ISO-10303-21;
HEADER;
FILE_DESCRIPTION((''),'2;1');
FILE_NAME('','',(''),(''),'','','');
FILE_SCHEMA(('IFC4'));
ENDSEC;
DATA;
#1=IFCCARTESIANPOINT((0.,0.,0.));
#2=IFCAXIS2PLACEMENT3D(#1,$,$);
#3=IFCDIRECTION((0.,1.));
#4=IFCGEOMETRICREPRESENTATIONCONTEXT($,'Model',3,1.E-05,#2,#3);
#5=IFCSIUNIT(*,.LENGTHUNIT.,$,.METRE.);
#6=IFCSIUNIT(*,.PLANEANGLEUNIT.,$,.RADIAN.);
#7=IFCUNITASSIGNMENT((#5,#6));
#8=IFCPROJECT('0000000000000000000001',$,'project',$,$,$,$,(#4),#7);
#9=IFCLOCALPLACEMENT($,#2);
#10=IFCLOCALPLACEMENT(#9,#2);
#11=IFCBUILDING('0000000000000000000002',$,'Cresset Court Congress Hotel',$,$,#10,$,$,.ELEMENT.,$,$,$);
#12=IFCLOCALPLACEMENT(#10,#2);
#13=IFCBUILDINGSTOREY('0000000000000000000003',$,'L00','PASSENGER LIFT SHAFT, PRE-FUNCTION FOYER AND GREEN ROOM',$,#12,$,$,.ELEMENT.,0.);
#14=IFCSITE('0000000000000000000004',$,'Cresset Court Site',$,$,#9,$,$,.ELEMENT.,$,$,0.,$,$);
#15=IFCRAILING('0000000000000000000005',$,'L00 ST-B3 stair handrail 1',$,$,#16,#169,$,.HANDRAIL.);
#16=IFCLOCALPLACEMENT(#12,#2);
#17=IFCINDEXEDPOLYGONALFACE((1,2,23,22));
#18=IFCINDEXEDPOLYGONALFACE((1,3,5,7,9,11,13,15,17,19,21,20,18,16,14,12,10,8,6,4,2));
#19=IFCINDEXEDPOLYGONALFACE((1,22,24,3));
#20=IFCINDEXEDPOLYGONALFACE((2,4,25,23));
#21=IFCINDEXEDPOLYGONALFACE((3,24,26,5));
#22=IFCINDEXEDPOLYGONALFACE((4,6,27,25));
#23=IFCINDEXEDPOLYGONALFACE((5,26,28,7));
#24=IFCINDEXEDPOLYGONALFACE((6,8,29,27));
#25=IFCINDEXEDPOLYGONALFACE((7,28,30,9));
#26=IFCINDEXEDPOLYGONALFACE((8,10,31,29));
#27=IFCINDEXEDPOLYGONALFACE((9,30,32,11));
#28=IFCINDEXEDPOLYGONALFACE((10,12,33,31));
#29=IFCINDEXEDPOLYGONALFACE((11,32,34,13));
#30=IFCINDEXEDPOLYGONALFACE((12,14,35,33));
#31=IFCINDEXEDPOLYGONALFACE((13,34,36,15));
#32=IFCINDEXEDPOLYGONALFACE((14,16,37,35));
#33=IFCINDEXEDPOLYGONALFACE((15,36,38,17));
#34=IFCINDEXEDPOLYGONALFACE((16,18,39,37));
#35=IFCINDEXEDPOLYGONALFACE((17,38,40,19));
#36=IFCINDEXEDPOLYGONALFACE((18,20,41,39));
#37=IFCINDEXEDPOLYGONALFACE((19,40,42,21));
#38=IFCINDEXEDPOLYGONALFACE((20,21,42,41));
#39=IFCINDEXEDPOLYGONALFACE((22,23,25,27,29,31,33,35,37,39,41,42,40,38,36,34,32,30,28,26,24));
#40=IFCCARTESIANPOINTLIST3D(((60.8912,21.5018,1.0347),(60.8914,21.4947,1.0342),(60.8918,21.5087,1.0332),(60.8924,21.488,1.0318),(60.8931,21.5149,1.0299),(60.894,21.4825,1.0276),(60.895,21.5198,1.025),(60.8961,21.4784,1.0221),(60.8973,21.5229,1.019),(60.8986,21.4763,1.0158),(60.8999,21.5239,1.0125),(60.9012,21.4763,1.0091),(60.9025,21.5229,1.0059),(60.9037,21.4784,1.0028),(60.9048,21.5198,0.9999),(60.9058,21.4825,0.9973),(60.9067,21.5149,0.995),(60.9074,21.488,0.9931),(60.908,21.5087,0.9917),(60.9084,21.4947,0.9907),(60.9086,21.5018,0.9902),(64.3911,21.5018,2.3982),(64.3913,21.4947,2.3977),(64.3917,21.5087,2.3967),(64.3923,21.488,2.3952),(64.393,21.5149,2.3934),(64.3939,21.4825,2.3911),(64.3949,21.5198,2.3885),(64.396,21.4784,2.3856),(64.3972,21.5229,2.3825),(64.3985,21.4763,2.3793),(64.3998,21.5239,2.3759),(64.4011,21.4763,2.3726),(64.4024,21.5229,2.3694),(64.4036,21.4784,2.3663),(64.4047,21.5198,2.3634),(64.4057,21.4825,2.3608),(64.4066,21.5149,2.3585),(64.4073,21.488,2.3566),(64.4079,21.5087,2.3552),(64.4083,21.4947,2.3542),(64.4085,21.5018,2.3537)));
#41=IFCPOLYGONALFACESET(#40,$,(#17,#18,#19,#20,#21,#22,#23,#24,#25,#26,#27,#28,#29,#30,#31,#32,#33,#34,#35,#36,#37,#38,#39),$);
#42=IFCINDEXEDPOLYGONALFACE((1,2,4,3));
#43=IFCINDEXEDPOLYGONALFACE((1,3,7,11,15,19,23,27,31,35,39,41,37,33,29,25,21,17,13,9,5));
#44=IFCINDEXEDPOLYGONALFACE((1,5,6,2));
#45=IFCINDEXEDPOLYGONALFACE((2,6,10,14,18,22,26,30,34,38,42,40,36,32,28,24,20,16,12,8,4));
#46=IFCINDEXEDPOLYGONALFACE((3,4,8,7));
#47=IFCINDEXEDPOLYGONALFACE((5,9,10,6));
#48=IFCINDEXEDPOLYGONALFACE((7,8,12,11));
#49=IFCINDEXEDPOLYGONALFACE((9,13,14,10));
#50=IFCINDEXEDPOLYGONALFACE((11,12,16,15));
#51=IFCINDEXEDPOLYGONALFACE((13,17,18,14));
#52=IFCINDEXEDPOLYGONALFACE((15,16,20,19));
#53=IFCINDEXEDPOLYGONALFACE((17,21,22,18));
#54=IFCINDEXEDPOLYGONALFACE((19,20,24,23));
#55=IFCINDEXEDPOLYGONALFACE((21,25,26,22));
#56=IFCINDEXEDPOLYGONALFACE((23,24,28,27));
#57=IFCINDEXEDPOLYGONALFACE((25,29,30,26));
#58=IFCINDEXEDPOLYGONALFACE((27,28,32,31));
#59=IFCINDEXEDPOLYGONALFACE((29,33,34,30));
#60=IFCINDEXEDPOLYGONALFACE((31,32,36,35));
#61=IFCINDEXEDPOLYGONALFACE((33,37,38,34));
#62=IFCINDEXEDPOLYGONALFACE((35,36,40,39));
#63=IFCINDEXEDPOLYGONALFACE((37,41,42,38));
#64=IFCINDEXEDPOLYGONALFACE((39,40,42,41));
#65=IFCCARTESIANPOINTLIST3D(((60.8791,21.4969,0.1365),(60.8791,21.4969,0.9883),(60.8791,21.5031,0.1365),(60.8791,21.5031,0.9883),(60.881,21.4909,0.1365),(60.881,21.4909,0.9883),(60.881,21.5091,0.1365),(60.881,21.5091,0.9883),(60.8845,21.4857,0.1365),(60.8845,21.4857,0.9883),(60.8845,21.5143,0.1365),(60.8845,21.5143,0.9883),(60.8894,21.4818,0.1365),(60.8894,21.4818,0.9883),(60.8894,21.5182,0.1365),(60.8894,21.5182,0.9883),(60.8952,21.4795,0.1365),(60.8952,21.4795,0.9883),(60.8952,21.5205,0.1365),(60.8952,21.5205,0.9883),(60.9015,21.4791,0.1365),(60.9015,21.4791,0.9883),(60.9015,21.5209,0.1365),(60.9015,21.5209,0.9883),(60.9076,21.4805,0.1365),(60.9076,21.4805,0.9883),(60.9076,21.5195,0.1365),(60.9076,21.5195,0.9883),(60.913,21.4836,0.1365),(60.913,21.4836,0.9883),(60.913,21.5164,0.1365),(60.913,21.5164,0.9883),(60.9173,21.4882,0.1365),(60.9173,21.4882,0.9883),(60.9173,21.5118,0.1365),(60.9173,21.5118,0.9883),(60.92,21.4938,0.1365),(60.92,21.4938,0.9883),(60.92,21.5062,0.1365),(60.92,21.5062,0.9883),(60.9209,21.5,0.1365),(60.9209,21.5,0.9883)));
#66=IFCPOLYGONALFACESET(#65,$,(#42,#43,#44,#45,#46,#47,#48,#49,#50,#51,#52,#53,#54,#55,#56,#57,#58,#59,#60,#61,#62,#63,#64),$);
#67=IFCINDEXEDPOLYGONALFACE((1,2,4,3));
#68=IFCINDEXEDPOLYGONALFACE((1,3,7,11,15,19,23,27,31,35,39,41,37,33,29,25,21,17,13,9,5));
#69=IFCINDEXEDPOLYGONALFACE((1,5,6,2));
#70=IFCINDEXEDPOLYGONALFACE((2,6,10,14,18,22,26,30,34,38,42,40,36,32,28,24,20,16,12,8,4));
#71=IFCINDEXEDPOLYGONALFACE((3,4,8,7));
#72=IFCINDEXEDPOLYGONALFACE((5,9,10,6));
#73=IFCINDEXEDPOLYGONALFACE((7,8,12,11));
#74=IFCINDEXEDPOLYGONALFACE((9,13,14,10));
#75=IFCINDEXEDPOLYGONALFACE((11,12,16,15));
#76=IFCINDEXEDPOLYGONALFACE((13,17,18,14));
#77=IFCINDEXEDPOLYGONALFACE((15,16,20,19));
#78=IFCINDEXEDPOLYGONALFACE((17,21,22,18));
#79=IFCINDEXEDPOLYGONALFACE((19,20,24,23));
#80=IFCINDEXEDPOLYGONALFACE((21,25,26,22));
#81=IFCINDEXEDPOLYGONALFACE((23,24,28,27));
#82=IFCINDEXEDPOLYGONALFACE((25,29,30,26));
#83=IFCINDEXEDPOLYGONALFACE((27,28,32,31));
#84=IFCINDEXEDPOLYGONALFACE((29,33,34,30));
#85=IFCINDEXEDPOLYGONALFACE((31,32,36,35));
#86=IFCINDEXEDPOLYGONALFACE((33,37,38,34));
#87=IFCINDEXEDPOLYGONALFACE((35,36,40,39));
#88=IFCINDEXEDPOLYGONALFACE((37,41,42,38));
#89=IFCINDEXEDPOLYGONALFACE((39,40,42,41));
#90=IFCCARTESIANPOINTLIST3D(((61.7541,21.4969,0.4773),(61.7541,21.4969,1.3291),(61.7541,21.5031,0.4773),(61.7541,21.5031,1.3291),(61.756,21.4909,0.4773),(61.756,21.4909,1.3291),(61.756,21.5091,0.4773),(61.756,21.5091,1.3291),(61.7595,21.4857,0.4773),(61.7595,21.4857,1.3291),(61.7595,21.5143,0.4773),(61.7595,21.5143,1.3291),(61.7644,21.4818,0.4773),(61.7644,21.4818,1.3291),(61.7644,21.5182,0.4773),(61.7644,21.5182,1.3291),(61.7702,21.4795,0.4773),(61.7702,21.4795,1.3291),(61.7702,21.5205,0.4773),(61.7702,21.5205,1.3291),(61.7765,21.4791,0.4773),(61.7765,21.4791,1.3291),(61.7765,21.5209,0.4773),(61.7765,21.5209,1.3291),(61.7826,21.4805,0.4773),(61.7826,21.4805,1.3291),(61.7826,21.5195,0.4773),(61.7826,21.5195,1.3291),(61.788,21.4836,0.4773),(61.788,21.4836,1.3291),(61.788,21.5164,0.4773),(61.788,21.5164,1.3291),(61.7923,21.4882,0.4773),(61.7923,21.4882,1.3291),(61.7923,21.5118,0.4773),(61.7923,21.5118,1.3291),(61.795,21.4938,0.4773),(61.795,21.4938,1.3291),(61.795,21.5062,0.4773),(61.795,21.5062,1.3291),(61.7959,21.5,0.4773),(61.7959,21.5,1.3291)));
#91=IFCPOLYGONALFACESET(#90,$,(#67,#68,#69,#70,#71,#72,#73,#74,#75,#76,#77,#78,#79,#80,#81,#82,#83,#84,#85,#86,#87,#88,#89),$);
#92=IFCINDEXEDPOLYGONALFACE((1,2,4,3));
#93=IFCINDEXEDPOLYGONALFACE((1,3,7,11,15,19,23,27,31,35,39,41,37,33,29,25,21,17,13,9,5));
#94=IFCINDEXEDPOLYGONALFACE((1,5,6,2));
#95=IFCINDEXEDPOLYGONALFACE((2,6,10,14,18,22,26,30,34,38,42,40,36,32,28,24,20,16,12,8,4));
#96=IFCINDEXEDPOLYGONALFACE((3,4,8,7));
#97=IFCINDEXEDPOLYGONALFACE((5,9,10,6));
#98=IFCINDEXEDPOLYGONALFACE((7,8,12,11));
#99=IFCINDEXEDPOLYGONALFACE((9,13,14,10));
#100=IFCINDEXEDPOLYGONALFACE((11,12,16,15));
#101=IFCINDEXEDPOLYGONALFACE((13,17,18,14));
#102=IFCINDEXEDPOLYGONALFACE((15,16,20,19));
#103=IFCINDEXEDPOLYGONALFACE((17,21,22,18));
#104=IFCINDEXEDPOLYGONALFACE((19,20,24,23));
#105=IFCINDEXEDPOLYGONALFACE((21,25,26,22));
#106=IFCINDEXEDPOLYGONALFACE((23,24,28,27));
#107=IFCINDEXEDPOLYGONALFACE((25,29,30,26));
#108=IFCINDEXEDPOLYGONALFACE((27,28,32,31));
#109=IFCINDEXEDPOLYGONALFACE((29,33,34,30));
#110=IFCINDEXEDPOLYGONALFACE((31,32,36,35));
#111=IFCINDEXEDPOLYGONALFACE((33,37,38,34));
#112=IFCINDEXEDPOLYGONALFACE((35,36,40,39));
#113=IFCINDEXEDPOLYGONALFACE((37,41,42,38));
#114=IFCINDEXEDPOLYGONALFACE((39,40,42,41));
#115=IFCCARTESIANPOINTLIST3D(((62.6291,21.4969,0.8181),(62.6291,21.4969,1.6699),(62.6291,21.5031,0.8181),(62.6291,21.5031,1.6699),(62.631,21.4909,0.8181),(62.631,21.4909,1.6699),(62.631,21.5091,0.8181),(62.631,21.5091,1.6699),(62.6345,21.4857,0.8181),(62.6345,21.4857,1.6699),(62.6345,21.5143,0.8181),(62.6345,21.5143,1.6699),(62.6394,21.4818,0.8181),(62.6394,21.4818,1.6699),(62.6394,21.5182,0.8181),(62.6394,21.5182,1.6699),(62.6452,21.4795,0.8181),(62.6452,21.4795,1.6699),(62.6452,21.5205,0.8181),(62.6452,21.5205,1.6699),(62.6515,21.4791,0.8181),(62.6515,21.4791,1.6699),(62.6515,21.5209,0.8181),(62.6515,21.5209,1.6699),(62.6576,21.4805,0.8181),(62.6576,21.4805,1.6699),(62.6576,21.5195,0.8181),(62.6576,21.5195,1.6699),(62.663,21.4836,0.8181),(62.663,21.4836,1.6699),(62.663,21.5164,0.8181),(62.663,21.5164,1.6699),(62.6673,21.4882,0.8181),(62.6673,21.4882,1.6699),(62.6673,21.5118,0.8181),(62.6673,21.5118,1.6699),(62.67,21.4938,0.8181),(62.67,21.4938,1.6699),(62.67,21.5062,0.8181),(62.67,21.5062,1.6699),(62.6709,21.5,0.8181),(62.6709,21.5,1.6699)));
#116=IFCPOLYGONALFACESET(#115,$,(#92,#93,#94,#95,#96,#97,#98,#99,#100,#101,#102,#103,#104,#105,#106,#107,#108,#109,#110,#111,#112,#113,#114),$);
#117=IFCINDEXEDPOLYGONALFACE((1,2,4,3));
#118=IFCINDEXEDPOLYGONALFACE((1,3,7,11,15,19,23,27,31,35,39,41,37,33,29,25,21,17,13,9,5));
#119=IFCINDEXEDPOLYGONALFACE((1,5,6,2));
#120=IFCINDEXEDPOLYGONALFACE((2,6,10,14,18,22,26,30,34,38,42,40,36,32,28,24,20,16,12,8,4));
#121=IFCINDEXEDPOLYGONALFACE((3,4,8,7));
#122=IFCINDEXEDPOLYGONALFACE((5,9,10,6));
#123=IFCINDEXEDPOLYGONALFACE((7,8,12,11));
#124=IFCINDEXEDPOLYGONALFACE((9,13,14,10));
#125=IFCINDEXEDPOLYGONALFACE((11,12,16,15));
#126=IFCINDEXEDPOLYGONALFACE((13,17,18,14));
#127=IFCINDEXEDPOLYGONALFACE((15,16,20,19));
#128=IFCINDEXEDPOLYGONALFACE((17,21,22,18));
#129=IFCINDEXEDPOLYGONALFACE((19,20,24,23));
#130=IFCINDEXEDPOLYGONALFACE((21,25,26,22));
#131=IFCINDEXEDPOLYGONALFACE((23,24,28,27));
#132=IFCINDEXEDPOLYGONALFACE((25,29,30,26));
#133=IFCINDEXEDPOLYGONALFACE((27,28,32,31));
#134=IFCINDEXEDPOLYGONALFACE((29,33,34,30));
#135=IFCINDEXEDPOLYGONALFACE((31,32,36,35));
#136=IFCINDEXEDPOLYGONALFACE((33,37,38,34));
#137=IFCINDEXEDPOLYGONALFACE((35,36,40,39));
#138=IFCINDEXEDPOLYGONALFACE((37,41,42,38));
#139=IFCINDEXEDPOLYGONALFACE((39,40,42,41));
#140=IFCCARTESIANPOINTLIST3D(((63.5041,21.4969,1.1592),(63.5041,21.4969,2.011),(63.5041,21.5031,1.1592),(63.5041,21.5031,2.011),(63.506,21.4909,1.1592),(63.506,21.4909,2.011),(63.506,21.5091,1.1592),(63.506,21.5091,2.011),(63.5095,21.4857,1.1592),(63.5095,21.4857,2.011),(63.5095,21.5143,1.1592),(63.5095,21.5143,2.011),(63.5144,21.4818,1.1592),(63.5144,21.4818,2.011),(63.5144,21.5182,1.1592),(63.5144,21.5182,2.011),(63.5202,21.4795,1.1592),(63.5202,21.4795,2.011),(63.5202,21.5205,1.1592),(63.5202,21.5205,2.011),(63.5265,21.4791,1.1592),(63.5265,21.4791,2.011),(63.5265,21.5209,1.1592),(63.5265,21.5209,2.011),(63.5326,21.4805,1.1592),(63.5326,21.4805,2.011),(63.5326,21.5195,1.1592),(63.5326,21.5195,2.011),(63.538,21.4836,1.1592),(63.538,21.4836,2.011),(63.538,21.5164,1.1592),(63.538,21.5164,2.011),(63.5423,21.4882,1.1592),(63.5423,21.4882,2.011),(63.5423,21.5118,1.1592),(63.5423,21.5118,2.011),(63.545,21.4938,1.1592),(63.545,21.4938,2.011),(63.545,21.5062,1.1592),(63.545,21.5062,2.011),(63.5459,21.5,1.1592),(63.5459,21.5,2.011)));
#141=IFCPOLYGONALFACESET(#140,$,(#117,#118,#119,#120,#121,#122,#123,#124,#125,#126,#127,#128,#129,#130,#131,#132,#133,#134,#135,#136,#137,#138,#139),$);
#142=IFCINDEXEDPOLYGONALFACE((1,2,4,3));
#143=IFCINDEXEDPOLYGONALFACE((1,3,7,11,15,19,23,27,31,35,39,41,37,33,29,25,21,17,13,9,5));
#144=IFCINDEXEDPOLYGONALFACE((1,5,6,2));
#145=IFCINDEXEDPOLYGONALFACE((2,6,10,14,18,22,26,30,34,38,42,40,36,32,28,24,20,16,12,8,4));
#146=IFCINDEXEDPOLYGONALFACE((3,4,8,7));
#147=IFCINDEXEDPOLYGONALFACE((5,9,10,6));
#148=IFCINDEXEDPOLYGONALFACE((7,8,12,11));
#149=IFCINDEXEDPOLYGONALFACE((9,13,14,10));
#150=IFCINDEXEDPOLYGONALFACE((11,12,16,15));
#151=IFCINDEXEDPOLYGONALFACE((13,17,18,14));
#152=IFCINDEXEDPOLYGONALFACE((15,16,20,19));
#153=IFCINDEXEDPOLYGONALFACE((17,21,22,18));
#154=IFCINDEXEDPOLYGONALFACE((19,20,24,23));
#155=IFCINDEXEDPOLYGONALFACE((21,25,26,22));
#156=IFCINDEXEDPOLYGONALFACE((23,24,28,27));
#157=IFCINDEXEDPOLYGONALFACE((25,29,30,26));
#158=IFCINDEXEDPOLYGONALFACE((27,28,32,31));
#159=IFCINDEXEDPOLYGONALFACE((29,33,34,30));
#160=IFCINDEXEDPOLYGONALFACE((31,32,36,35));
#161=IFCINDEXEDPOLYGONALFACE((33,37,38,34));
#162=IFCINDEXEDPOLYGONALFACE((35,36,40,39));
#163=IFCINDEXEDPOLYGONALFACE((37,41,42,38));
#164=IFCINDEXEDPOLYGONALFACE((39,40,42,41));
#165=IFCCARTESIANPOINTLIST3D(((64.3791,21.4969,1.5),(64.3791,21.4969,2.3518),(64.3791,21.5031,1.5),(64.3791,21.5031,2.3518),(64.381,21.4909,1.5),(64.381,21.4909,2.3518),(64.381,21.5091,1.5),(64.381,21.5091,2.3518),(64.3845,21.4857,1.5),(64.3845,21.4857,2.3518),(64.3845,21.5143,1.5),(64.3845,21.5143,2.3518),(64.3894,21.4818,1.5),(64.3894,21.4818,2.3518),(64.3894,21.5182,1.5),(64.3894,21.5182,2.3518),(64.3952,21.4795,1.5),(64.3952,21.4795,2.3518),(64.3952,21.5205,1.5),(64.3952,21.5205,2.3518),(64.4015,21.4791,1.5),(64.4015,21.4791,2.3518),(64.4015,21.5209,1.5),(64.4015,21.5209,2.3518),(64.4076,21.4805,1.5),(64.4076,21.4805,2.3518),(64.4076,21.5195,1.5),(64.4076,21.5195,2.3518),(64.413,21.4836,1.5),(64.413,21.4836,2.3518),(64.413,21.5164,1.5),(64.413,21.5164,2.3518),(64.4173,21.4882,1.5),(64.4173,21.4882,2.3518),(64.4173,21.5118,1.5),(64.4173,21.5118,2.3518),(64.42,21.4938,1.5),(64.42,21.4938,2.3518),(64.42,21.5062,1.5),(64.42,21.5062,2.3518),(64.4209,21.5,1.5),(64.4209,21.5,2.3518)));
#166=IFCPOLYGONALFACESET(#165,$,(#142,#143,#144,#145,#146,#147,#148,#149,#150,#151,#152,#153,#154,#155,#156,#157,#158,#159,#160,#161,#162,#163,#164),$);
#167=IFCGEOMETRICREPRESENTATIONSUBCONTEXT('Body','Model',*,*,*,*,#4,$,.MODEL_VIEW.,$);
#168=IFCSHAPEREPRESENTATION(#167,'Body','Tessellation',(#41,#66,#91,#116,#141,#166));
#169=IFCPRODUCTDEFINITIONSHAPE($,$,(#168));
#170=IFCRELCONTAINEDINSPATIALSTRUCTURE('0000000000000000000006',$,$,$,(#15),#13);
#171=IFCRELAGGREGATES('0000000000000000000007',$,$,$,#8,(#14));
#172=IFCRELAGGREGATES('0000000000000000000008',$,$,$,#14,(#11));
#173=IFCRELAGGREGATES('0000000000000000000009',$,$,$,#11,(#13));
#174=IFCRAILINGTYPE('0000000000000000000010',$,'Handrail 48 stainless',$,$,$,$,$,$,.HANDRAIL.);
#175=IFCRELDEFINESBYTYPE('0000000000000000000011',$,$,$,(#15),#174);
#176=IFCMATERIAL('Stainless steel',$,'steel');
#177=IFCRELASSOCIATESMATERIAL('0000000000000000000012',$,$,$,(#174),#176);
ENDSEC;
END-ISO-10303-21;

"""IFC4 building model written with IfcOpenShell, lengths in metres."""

from ifc_helpers import new_model, si_unit, direction, frame, origin, origin_2d, place, context, subcontext, project, spatial, circle, extrude, material, type_object, element, save


model = new_model("IFC4")

# Units and contexts
model_context = context("Model", 3, precision=1e-05, world=origin(), true_north=direction((0.0, 1.0)))
body_context = subcontext(model_context, "Body", "Model", "MODEL_VIEW")
ifc_project = project(units=[si_unit("LENGTHUNIT", "METRE"), si_unit("PLANEANGLEUNIT", "RADIAN")], contexts=[model_context])

# Site, building, storey
site_placement = place(None, origin())
site = spatial("IfcSite", under=ifc_project, at=site_placement, Name="Cresset Court Site", CompositionType="ELEMENT", RefElevation=0.0)
building_placement = place(site_placement, origin())
building = spatial("IfcBuilding", under=site, at=building_placement, Name="Cresset Court Congress Hotel", CompositionType="ELEMENT")
storey_placement = place(building_placement, origin())
storey = spatial("IfcBuildingStorey", under=building, at=storey_placement, Name="L00", Description="PASSENGER LIFT SHAFT, PRE-FUNCTION FOYER AND GREEN ROOM", CompositionType="ELEMENT", Elevation=0.0)

# Railing
ifc_material_1 = material(Name="Stainless steel", Category="steel")
railing_type_1 = type_object("IfcRailingType", Name="Handrail 48 stainless", PredefinedType="HANDRAIL", material=ifc_material_1)
for number, where, name in (
    (1, (60.8999, 21.5, 0.1365), "L00 ST-B3 stair handrail 1"),
):
    element("IfcRailing", number, at=place(storey_placement, frame(where)), inside=storey, type_object=railing_type_1, Name=name, PredefinedType="HANDRAIL", context=body_context, shape_type="SweptSolid", body=[
        extrude(circle(Radius=0.0239, at=origin_2d()), frame((0.0, 0.0, 0.876), z_axis=(0.931787, 0.0, 0.363005), x_axis=(0.0, 1.0, 0.0)), (0.0, 0.0, 1.0), 3.7561),
        extrude(circle(Radius=0.021, at=origin_2d()), origin(), (0.0, 0.0, 1.0), 0.8518),
        extrude(circle(Radius=0.021, at=origin_2d()), frame((0.875, 0.0, 0.3408)), (0.0, 0.0, 1.0), 0.8518),
        extrude(circle(Radius=0.021, at=origin_2d()), frame((1.75, 0.0, 0.6816)), (0.0, 0.0, 1.0), 0.8518),
        extrude(circle(Radius=0.021, at=origin_2d()), frame((2.625, 0.0, 1.0227)), (0.0, 0.0, 1.0), 0.8518),
        extrude(circle(Radius=0.021, at=origin_2d()), frame((3.5, 0.0, 1.3635)), (0.0, 0.0, 1.0), 0.8518),
    ])

save(model, "model.ifc")
